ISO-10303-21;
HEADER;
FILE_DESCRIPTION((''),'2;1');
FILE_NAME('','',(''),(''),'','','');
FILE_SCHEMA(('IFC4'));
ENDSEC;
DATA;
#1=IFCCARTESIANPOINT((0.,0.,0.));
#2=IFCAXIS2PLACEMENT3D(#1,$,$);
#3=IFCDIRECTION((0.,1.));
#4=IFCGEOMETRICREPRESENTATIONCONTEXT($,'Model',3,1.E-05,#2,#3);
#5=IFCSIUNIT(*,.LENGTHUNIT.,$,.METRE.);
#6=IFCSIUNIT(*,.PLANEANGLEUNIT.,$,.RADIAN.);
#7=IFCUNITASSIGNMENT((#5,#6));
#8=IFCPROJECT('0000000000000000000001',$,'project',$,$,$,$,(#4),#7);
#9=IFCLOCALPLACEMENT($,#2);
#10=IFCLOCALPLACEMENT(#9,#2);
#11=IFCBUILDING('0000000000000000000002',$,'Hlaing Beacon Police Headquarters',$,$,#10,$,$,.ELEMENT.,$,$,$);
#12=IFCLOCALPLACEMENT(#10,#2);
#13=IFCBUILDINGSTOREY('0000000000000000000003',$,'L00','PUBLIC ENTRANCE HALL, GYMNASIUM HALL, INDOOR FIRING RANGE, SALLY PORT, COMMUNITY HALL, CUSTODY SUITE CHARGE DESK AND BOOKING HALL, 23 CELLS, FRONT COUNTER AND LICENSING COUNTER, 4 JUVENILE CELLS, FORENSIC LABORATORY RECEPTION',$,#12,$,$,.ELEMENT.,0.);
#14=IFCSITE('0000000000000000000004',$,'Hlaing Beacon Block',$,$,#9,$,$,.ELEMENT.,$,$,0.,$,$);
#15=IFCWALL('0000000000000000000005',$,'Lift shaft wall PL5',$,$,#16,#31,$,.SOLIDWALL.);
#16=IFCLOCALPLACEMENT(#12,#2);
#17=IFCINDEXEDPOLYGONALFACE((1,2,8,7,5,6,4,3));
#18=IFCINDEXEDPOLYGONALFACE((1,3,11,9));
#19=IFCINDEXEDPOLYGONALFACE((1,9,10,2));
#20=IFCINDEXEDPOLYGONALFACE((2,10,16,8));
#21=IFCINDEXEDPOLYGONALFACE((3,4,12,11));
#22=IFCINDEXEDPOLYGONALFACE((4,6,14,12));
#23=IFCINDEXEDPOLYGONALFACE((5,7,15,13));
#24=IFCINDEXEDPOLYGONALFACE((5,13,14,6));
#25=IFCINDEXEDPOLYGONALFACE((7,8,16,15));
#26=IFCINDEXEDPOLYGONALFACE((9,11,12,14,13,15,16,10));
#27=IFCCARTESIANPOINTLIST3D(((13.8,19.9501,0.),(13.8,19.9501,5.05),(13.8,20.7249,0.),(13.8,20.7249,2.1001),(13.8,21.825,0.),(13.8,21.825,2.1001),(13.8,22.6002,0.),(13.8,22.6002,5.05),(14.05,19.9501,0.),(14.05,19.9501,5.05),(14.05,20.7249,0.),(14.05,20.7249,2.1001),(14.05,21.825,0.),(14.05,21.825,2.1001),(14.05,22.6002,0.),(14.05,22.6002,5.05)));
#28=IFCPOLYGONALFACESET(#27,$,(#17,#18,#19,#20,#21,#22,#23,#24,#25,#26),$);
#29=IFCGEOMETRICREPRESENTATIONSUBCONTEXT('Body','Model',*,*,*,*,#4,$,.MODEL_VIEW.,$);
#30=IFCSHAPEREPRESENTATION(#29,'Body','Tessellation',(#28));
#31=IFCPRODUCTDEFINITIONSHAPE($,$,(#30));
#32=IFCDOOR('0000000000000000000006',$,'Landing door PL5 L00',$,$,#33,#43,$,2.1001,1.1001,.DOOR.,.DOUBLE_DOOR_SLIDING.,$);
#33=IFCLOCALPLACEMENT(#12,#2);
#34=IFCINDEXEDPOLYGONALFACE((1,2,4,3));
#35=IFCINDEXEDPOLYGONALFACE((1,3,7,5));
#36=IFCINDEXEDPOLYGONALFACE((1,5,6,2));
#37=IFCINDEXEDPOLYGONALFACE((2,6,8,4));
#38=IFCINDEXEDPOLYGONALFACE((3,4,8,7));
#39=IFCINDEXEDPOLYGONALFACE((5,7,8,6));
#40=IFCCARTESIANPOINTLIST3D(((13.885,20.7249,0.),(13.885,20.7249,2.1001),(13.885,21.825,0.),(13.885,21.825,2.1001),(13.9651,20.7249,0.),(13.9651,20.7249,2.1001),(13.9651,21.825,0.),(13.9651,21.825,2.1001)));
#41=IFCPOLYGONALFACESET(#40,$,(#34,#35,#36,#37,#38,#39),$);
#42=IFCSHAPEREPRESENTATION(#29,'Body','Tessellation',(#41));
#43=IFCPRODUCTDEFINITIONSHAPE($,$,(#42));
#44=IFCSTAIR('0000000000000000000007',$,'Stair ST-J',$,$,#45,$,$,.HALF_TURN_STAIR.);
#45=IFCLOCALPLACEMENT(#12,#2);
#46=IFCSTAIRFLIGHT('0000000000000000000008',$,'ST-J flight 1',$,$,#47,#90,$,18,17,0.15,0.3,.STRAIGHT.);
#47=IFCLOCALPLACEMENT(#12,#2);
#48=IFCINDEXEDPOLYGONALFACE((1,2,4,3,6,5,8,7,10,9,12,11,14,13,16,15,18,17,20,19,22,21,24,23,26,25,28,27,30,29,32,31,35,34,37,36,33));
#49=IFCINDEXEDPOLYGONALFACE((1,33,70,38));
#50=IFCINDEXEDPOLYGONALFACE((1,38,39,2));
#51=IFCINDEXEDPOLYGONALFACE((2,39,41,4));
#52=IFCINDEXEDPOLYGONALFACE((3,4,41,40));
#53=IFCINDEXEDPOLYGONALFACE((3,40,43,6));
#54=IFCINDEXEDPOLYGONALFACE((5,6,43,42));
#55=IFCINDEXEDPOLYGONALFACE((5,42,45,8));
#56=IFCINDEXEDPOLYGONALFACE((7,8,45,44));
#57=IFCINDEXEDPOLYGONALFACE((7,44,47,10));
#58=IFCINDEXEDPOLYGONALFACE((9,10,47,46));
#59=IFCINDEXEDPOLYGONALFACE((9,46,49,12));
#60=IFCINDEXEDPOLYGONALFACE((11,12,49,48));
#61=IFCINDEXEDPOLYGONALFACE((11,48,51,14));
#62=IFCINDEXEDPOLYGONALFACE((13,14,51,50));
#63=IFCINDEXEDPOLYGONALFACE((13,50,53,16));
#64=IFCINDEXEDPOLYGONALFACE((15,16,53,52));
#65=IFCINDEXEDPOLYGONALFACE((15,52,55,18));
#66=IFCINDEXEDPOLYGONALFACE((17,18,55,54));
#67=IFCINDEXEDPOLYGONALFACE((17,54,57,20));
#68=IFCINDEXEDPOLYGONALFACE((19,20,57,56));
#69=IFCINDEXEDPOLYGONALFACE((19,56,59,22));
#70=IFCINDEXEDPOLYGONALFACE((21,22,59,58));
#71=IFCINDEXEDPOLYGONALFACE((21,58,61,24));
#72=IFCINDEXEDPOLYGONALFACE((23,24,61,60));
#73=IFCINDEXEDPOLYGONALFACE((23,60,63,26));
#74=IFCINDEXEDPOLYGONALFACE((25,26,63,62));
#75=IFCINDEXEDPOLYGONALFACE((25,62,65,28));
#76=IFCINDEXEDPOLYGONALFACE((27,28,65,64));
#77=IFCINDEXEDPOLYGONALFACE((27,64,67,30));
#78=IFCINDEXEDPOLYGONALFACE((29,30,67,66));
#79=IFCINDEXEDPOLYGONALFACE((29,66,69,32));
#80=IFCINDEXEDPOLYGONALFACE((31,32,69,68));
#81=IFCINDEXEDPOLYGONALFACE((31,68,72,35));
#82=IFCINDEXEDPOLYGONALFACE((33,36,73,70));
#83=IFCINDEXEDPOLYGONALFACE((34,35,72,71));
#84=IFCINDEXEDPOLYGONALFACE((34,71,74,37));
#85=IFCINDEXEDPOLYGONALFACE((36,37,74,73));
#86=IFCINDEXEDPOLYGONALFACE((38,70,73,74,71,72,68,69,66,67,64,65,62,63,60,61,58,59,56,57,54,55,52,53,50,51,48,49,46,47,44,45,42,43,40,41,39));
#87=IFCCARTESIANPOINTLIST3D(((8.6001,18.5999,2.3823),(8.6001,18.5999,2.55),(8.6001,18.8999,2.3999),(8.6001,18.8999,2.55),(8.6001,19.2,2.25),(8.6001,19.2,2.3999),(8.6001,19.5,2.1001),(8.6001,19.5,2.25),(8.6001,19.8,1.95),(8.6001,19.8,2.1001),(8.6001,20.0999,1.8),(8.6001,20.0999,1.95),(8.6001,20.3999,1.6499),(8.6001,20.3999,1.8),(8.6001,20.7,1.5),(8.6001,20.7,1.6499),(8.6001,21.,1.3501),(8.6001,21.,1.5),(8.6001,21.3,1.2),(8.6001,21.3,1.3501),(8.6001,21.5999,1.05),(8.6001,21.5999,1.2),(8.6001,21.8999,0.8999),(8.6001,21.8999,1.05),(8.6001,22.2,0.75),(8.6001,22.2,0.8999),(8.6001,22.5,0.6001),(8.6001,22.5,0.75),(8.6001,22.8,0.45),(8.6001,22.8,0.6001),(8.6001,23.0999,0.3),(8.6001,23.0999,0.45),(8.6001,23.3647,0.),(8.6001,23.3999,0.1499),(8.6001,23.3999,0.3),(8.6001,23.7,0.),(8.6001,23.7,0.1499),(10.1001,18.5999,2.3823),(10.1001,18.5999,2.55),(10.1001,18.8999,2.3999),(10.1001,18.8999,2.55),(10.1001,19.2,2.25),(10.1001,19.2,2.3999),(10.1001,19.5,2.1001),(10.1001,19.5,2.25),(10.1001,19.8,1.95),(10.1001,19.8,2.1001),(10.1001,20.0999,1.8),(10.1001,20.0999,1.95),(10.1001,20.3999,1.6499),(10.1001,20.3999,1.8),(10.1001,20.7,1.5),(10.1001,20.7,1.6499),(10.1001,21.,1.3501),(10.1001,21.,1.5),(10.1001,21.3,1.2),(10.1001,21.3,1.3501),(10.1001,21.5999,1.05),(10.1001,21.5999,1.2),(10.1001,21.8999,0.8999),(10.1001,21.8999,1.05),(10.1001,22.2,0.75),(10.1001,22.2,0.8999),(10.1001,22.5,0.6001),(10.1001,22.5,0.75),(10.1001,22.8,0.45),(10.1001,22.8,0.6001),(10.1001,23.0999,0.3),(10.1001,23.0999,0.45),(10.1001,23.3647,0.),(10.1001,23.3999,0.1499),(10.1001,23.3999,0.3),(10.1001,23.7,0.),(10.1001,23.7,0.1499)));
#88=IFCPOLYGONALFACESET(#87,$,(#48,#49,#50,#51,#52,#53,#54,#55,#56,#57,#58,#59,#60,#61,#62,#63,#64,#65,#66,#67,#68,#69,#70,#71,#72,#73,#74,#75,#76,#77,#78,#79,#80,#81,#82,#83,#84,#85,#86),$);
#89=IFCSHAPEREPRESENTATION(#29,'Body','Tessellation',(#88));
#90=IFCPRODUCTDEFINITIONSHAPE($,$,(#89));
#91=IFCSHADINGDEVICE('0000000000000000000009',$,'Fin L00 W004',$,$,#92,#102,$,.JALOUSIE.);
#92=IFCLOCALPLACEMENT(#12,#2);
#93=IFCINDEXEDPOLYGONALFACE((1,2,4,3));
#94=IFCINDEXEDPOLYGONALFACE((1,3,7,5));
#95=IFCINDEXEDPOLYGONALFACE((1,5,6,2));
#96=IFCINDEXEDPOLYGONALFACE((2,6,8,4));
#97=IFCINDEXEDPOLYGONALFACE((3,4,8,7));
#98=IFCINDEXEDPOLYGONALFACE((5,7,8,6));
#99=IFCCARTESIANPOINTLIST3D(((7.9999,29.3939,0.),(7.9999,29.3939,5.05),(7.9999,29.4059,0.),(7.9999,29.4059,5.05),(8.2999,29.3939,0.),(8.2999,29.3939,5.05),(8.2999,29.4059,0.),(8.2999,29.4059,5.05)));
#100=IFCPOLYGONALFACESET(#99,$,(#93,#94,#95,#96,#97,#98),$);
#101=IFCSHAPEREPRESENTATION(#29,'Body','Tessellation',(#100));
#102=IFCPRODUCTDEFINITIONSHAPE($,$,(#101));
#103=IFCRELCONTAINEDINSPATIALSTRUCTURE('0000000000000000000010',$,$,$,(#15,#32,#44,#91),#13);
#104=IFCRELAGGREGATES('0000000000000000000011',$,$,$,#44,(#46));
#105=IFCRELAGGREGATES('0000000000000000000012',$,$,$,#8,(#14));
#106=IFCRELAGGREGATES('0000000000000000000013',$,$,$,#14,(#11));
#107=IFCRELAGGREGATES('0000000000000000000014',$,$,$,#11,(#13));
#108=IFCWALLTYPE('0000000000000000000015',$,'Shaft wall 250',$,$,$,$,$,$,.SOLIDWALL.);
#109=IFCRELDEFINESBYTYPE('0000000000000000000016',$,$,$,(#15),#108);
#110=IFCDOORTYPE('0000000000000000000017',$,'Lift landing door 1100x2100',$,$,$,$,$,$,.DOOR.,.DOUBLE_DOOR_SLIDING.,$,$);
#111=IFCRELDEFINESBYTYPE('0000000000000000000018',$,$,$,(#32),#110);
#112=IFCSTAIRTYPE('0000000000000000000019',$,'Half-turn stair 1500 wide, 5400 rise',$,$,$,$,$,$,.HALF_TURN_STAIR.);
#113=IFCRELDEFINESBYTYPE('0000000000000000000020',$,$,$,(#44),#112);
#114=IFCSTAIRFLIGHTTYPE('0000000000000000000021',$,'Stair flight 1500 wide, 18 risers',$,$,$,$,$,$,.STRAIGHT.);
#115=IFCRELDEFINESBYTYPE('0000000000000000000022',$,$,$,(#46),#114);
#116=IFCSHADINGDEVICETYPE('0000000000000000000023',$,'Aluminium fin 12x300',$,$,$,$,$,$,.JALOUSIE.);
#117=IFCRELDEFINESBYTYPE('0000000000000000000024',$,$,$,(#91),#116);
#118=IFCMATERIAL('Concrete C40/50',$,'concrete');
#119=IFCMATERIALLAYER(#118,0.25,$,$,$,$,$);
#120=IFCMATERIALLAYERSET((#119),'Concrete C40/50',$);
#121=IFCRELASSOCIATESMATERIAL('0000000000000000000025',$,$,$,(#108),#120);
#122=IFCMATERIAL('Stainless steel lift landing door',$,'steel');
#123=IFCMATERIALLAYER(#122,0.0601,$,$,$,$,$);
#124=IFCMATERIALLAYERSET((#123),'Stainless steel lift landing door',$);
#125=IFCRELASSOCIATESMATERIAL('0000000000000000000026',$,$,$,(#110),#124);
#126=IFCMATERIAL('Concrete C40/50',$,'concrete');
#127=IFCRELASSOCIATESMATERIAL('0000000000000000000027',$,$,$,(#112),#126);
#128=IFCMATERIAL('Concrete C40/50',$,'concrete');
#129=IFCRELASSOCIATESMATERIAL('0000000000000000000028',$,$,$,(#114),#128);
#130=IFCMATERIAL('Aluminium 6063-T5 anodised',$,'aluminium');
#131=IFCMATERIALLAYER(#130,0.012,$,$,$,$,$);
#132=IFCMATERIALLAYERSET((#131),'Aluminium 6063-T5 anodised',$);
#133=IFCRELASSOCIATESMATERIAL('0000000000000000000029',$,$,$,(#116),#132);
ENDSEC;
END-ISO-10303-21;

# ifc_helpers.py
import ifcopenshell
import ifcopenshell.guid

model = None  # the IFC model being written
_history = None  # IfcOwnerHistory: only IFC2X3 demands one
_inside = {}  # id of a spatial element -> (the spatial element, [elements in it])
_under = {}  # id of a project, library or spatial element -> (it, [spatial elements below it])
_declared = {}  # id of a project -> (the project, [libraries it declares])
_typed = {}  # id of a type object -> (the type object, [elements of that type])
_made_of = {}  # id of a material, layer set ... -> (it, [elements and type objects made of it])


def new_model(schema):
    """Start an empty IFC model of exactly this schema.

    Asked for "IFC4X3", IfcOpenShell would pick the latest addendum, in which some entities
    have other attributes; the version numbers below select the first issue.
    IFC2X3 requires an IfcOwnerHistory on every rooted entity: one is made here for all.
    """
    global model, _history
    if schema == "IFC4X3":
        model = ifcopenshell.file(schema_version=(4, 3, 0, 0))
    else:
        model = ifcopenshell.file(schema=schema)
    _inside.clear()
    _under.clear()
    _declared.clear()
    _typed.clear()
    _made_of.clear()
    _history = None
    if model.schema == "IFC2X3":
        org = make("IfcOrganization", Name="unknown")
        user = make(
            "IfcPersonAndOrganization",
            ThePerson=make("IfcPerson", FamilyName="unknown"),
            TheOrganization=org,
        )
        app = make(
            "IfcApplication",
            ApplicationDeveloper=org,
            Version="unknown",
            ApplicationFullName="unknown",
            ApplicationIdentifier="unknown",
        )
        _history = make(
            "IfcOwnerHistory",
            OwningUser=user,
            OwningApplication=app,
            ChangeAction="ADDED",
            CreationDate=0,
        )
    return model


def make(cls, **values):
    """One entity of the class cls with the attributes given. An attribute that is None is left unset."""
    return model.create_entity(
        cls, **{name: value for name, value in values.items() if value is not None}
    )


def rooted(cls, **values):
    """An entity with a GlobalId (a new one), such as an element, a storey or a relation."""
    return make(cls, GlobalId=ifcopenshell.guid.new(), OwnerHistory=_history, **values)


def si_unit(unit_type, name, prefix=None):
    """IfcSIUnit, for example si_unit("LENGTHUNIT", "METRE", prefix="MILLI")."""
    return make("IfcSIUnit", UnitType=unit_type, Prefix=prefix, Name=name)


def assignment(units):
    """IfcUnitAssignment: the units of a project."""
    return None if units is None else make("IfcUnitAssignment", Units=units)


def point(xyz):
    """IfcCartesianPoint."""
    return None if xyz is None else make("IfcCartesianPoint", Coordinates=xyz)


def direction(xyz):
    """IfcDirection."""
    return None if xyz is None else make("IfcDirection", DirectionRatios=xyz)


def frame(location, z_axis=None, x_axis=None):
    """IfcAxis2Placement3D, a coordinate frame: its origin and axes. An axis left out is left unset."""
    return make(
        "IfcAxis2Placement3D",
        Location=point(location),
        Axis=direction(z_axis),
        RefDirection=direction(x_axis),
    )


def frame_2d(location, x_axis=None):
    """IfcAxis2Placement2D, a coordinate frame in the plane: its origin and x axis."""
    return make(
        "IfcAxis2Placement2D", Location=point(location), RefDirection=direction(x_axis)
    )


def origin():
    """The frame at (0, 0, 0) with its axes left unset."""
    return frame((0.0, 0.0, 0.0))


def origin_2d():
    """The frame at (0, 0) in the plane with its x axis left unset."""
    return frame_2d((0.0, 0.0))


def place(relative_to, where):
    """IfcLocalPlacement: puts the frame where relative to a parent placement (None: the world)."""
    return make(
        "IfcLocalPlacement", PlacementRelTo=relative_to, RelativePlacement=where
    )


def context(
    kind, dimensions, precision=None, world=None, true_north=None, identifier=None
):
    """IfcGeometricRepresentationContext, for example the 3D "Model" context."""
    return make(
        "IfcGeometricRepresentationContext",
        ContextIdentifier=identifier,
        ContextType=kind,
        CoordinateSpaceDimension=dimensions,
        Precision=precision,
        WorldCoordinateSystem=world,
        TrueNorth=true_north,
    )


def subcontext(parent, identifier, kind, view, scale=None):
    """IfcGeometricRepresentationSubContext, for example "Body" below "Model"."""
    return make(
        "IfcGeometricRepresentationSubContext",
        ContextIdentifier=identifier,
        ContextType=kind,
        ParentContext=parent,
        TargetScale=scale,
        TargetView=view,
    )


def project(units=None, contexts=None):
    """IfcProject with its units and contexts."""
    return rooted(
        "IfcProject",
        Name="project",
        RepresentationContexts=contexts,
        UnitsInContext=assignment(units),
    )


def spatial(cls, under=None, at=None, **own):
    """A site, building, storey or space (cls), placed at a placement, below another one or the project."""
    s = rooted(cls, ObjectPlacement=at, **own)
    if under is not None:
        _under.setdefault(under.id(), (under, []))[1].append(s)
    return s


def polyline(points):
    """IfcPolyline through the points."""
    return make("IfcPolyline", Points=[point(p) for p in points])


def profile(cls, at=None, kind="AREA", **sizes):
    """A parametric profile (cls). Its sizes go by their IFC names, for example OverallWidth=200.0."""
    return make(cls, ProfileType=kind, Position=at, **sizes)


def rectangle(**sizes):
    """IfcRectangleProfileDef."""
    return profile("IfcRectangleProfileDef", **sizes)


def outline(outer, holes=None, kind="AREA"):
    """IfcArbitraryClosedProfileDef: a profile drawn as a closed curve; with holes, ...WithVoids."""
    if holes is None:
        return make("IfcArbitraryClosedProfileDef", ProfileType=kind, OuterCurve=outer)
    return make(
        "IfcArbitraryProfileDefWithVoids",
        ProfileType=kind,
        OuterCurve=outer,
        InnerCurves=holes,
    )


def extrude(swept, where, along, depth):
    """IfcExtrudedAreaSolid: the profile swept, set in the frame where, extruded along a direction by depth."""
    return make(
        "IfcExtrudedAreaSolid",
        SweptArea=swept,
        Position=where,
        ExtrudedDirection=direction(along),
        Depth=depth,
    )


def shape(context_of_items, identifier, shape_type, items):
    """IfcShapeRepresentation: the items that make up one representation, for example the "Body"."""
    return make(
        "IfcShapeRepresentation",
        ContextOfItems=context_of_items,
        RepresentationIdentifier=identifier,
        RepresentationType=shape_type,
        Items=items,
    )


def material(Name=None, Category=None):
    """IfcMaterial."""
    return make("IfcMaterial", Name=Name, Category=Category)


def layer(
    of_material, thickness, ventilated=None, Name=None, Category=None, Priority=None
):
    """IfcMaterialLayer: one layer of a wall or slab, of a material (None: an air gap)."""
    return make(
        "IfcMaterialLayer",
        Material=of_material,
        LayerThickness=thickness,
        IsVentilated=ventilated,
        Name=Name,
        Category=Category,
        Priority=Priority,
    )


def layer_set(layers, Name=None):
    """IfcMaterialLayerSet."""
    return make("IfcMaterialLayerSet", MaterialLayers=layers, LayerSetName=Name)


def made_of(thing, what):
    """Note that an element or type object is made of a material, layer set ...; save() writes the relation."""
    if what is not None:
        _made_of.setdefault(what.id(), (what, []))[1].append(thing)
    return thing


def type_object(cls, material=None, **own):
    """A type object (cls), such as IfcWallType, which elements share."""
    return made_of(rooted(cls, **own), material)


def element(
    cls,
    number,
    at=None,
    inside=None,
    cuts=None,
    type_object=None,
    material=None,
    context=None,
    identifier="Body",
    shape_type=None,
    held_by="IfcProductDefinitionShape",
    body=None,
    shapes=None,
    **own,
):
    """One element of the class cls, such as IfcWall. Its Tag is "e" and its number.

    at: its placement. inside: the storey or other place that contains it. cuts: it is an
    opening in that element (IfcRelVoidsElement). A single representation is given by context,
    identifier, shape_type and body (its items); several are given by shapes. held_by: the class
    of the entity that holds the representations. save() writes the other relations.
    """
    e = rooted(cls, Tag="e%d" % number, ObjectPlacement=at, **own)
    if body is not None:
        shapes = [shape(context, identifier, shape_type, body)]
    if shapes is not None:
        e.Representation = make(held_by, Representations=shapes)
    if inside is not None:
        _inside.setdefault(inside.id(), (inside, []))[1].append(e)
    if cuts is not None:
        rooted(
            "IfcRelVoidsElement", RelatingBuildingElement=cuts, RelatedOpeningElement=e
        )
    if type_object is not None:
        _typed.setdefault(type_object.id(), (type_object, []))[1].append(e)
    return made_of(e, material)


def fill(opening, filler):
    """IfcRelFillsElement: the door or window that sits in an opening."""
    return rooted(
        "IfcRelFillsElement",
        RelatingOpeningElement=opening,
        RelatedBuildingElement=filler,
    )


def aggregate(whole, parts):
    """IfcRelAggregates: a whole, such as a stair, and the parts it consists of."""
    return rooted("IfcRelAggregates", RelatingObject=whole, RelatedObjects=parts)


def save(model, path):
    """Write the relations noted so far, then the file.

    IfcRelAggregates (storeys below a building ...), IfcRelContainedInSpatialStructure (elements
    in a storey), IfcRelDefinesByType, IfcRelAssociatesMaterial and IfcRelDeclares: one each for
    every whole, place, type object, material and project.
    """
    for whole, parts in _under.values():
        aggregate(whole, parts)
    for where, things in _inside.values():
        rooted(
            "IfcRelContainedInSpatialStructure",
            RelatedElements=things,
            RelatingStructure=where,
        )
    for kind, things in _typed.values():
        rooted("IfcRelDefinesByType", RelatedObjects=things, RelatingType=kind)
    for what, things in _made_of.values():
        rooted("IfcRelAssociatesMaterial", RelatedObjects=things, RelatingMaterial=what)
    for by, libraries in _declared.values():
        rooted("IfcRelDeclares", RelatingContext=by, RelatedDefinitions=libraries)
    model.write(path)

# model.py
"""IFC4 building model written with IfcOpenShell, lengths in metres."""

from ifc_helpers import new_model, si_unit, direction, frame, frame_2d, origin, origin_2d, place, context, subcontext, project, spatial, polyline, rectangle, outline, extrude, material, layer, layer_set, type_object, element, fill, aggregate, save


model = new_model("IFC4")

# Units and contexts
model_context = context("Model", 3, precision=1e-05, world=origin(), true_north=direction((0.0, 1.0)))
body_context = subcontext(model_context, "Body", "Model", "MODEL_VIEW")
ifc_project = project(units=[si_unit("LENGTHUNIT", "METRE"), si_unit("PLANEANGLEUNIT", "RADIAN")], contexts=[model_context])

# Site, building, storey
site_placement = place(None, origin())
site = spatial("IfcSite", under=ifc_project, at=site_placement, Name="Hlaing Beacon Block", CompositionType="ELEMENT", RefElevation=0.0)
building_placement = place(site_placement, origin())
building = spatial("IfcBuilding", under=site, at=building_placement, Name="Hlaing Beacon Police Headquarters", CompositionType="ELEMENT")
storey_placement = place(building_placement, origin())
storey = spatial("IfcBuildingStorey", under=building, at=storey_placement, Name="L00", Description="PUBLIC ENTRANCE HALL, GYMNASIUM HALL, INDOOR FIRING RANGE, SALLY PORT, COMMUNITY HALL, CUSTODY SUITE CHARGE DESK AND BOOKING HALL, 23 CELLS, FRONT COUNTER AND LICENSING COUNTER, 4 JUVENILE CELLS, FORENSIC LABORATORY RECEPTION", CompositionType="ELEMENT", Elevation=0.0)

# Shared definitions
ifc_material_1 = material(Name="Concrete C40/50", Category="concrete")
ifc_layer_1 = layer(ifc_material_1, 0.25)
ifc_layer_set_1 = layer_set([ifc_layer_1], Name="Concrete C40/50")
wall_type_1 = type_object("IfcWallType", Name="Shaft wall 250", PredefinedType="SOLIDWALL", material=ifc_layer_set_1)

# Wall, opening, door
wall_1_placement = place(storey_placement, frame((13.925, 19.95, 0.0), z_axis=(0.0, 0.0, 1.0), x_axis=(0.0, 1.0, 0.0)))
wall_1 = element("IfcWall", 1, at=wall_1_placement, inside=storey, type_object=wall_type_1, Name="Lift shaft wall PL5", PredefinedType="SOLIDWALL", context=body_context, shape_type="SweptSolid", body=[
    extrude(rectangle(XDim=2.6501, YDim=0.25, at=frame_2d((1.3252, 0.0))), origin(), (0.0, 0.0, 1.0), 5.05),
])
opening_1_placement = place(wall_1_placement, frame((0.7749, 0.0, 0.0)))
opening_1 = element("IfcOpeningElement", 2, at=opening_1_placement, cuts=wall_1, PredefinedType="OPENING", context=body_context, shape_type="SweptSolid", body=[
    extrude(rectangle(XDim=1.1001, YDim=2.1001, at=frame_2d((0.55, 1.05))), frame((0.0, 0.135, 0.0), z_axis=(0.0, -1.0, 0.0), x_axis=(1.0, 0.0, 0.0)), (0.0, 0.0, 1.0), 0.27),
])
ifc_material_2 = material(Name="Stainless steel lift landing door", Category="steel")
ifc_layer_2 = layer(ifc_material_2, 0.0601)
ifc_layer_set_2 = layer_set([ifc_layer_2], Name="Stainless steel lift landing door")
door_type_1 = type_object("IfcDoorType", Name="Lift landing door 1100x2100", OperationType="DOUBLE_DOOR_SLIDING", PredefinedType="DOOR", material=ifc_layer_set_2)
door_1_placement = place(opening_1_placement, origin())
door_1 = element("IfcDoor", 3, at=door_1_placement, inside=storey, type_object=door_type_1, Name="Landing door PL5 L00", OperationType="DOUBLE_DOOR_SLIDING", OverallHeight=2.1001, OverallWidth=1.1001, PredefinedType="DOOR", context=body_context, shape_type="SweptSolid", body=[
    extrude(rectangle(XDim=1.1001, YDim=2.1001, at=frame_2d((0.55, 1.05))), frame((0.0, 0.04, 0.0), z_axis=(0.0, -1.0, 0.0), x_axis=(1.0, 0.0, 0.0)), (0.0, 0.0, 1.0), 0.0801),
])
fill(opening_1, door_1)

# Stair, stair flight
ifc_material_3 = material(Name="Concrete C40/50", Category="concrete")
stair_type = type_object("IfcStairType", Name="Half-turn stair 1500 wide, 5400 rise", PredefinedType="HALF_TURN_STAIR", material=ifc_material_3)
stair_placement = place(storey_placement, origin())
stair = element("IfcStair", 4, at=stair_placement, inside=storey, type_object=stair_type, Name="Stair ST-J", PredefinedType="HALF_TURN_STAIR")
ifc_material_4 = material(Name="Concrete C40/50", Category="concrete")
stair_flight_type = type_object("IfcStairFlightType", Name="Stair flight 1500 wide, 18 risers", PredefinedType="STRAIGHT", material=ifc_material_4)
stair_flight_placement = place(storey_placement, frame((9.3501, 23.7, 0.0), z_axis=(0.0, 0.0, 1.0), x_axis=(0.0, -1.0, 0.0)))
stair_flight = element("IfcStairFlight", 5, at=stair_flight_placement, type_object=stair_flight_type, Name="ST-J flight 1", NumberOfRisers=18, NumberOfTreads=17, PredefinedType="STRAIGHT", RiserHeight=0.15, TreadLength=0.3, context=body_context, shape_type="SweptSolid", body=[
    extrude(outline(polyline([(0.0, 0.0), (0.0, 0.1499), (0.3, 0.1499), (0.3, 0.3), (0.6001, 0.3), (0.6001, 0.45), (0.8999, 0.45), (0.8999, 0.6001), (1.2, 0.6001), (1.2, 0.75), (1.5, 0.75), (1.5, 0.8999), (1.8, 0.8999), (1.8, 1.05), (2.1001, 1.05), (2.1001, 1.2), (2.3999, 1.2), (2.3999, 1.3501), (2.7, 1.3501), (2.7, 1.5), (3.0, 1.5), (3.0, 1.6499), (3.3, 1.6499), (3.3, 1.8), (3.6001, 1.8), (3.6001, 1.95), (3.8999, 1.95), (3.8999, 2.1001), (4.2, 2.1001), (4.2, 2.25), (4.5, 2.25), (4.5, 2.3999), (4.8, 2.3999), (4.8, 2.55), (5.1001, 2.55), (5.1001, 2.7), (5.1001, 2.3823), (0.3352, 0.0), (0.0, 0.0)])), frame((0.0, 0.75, 0.0), z_axis=(0.0, -1.0, 0.0), x_axis=(1.0, 0.0, 0.0)), (0.0, 0.0, 1.0), 1.5),
])
aggregate(stair, [stair_flight])

# Shading device
ifc_material_5 = material(Name="Aluminium 6063-T5 anodised", Category="aluminium")
ifc_layer_3 = layer(ifc_material_5, 0.012)
ifc_layer_set_3 = layer_set([ifc_layer_3], Name="Aluminium 6063-T5 anodised")
shading_device_type = type_object("IfcShadingDeviceType", Name="Aluminium fin 12x300", PredefinedType="JALOUSIE", material=ifc_layer_set_3)
shading_device_placement = place(storey_placement, frame((8.1499, 29.3999, 0.0), z_axis=(0.0, 0.0, 1.0), x_axis=(0.0, -1.0, 0.0)))
element("IfcShadingDevice", 6, at=shading_device_placement, inside=storey, type_object=shading_device_type, Name="Fin L00 W004", PredefinedType="JALOUSIE", context=body_context, shape_type="SweptSolid", body=[
    extrude(rectangle(XDim=0.012, YDim=0.3, at=origin_2d()), origin(), (0.0, 0.0, 1.0), 5.05),
])

save(model, "model.ifc")
